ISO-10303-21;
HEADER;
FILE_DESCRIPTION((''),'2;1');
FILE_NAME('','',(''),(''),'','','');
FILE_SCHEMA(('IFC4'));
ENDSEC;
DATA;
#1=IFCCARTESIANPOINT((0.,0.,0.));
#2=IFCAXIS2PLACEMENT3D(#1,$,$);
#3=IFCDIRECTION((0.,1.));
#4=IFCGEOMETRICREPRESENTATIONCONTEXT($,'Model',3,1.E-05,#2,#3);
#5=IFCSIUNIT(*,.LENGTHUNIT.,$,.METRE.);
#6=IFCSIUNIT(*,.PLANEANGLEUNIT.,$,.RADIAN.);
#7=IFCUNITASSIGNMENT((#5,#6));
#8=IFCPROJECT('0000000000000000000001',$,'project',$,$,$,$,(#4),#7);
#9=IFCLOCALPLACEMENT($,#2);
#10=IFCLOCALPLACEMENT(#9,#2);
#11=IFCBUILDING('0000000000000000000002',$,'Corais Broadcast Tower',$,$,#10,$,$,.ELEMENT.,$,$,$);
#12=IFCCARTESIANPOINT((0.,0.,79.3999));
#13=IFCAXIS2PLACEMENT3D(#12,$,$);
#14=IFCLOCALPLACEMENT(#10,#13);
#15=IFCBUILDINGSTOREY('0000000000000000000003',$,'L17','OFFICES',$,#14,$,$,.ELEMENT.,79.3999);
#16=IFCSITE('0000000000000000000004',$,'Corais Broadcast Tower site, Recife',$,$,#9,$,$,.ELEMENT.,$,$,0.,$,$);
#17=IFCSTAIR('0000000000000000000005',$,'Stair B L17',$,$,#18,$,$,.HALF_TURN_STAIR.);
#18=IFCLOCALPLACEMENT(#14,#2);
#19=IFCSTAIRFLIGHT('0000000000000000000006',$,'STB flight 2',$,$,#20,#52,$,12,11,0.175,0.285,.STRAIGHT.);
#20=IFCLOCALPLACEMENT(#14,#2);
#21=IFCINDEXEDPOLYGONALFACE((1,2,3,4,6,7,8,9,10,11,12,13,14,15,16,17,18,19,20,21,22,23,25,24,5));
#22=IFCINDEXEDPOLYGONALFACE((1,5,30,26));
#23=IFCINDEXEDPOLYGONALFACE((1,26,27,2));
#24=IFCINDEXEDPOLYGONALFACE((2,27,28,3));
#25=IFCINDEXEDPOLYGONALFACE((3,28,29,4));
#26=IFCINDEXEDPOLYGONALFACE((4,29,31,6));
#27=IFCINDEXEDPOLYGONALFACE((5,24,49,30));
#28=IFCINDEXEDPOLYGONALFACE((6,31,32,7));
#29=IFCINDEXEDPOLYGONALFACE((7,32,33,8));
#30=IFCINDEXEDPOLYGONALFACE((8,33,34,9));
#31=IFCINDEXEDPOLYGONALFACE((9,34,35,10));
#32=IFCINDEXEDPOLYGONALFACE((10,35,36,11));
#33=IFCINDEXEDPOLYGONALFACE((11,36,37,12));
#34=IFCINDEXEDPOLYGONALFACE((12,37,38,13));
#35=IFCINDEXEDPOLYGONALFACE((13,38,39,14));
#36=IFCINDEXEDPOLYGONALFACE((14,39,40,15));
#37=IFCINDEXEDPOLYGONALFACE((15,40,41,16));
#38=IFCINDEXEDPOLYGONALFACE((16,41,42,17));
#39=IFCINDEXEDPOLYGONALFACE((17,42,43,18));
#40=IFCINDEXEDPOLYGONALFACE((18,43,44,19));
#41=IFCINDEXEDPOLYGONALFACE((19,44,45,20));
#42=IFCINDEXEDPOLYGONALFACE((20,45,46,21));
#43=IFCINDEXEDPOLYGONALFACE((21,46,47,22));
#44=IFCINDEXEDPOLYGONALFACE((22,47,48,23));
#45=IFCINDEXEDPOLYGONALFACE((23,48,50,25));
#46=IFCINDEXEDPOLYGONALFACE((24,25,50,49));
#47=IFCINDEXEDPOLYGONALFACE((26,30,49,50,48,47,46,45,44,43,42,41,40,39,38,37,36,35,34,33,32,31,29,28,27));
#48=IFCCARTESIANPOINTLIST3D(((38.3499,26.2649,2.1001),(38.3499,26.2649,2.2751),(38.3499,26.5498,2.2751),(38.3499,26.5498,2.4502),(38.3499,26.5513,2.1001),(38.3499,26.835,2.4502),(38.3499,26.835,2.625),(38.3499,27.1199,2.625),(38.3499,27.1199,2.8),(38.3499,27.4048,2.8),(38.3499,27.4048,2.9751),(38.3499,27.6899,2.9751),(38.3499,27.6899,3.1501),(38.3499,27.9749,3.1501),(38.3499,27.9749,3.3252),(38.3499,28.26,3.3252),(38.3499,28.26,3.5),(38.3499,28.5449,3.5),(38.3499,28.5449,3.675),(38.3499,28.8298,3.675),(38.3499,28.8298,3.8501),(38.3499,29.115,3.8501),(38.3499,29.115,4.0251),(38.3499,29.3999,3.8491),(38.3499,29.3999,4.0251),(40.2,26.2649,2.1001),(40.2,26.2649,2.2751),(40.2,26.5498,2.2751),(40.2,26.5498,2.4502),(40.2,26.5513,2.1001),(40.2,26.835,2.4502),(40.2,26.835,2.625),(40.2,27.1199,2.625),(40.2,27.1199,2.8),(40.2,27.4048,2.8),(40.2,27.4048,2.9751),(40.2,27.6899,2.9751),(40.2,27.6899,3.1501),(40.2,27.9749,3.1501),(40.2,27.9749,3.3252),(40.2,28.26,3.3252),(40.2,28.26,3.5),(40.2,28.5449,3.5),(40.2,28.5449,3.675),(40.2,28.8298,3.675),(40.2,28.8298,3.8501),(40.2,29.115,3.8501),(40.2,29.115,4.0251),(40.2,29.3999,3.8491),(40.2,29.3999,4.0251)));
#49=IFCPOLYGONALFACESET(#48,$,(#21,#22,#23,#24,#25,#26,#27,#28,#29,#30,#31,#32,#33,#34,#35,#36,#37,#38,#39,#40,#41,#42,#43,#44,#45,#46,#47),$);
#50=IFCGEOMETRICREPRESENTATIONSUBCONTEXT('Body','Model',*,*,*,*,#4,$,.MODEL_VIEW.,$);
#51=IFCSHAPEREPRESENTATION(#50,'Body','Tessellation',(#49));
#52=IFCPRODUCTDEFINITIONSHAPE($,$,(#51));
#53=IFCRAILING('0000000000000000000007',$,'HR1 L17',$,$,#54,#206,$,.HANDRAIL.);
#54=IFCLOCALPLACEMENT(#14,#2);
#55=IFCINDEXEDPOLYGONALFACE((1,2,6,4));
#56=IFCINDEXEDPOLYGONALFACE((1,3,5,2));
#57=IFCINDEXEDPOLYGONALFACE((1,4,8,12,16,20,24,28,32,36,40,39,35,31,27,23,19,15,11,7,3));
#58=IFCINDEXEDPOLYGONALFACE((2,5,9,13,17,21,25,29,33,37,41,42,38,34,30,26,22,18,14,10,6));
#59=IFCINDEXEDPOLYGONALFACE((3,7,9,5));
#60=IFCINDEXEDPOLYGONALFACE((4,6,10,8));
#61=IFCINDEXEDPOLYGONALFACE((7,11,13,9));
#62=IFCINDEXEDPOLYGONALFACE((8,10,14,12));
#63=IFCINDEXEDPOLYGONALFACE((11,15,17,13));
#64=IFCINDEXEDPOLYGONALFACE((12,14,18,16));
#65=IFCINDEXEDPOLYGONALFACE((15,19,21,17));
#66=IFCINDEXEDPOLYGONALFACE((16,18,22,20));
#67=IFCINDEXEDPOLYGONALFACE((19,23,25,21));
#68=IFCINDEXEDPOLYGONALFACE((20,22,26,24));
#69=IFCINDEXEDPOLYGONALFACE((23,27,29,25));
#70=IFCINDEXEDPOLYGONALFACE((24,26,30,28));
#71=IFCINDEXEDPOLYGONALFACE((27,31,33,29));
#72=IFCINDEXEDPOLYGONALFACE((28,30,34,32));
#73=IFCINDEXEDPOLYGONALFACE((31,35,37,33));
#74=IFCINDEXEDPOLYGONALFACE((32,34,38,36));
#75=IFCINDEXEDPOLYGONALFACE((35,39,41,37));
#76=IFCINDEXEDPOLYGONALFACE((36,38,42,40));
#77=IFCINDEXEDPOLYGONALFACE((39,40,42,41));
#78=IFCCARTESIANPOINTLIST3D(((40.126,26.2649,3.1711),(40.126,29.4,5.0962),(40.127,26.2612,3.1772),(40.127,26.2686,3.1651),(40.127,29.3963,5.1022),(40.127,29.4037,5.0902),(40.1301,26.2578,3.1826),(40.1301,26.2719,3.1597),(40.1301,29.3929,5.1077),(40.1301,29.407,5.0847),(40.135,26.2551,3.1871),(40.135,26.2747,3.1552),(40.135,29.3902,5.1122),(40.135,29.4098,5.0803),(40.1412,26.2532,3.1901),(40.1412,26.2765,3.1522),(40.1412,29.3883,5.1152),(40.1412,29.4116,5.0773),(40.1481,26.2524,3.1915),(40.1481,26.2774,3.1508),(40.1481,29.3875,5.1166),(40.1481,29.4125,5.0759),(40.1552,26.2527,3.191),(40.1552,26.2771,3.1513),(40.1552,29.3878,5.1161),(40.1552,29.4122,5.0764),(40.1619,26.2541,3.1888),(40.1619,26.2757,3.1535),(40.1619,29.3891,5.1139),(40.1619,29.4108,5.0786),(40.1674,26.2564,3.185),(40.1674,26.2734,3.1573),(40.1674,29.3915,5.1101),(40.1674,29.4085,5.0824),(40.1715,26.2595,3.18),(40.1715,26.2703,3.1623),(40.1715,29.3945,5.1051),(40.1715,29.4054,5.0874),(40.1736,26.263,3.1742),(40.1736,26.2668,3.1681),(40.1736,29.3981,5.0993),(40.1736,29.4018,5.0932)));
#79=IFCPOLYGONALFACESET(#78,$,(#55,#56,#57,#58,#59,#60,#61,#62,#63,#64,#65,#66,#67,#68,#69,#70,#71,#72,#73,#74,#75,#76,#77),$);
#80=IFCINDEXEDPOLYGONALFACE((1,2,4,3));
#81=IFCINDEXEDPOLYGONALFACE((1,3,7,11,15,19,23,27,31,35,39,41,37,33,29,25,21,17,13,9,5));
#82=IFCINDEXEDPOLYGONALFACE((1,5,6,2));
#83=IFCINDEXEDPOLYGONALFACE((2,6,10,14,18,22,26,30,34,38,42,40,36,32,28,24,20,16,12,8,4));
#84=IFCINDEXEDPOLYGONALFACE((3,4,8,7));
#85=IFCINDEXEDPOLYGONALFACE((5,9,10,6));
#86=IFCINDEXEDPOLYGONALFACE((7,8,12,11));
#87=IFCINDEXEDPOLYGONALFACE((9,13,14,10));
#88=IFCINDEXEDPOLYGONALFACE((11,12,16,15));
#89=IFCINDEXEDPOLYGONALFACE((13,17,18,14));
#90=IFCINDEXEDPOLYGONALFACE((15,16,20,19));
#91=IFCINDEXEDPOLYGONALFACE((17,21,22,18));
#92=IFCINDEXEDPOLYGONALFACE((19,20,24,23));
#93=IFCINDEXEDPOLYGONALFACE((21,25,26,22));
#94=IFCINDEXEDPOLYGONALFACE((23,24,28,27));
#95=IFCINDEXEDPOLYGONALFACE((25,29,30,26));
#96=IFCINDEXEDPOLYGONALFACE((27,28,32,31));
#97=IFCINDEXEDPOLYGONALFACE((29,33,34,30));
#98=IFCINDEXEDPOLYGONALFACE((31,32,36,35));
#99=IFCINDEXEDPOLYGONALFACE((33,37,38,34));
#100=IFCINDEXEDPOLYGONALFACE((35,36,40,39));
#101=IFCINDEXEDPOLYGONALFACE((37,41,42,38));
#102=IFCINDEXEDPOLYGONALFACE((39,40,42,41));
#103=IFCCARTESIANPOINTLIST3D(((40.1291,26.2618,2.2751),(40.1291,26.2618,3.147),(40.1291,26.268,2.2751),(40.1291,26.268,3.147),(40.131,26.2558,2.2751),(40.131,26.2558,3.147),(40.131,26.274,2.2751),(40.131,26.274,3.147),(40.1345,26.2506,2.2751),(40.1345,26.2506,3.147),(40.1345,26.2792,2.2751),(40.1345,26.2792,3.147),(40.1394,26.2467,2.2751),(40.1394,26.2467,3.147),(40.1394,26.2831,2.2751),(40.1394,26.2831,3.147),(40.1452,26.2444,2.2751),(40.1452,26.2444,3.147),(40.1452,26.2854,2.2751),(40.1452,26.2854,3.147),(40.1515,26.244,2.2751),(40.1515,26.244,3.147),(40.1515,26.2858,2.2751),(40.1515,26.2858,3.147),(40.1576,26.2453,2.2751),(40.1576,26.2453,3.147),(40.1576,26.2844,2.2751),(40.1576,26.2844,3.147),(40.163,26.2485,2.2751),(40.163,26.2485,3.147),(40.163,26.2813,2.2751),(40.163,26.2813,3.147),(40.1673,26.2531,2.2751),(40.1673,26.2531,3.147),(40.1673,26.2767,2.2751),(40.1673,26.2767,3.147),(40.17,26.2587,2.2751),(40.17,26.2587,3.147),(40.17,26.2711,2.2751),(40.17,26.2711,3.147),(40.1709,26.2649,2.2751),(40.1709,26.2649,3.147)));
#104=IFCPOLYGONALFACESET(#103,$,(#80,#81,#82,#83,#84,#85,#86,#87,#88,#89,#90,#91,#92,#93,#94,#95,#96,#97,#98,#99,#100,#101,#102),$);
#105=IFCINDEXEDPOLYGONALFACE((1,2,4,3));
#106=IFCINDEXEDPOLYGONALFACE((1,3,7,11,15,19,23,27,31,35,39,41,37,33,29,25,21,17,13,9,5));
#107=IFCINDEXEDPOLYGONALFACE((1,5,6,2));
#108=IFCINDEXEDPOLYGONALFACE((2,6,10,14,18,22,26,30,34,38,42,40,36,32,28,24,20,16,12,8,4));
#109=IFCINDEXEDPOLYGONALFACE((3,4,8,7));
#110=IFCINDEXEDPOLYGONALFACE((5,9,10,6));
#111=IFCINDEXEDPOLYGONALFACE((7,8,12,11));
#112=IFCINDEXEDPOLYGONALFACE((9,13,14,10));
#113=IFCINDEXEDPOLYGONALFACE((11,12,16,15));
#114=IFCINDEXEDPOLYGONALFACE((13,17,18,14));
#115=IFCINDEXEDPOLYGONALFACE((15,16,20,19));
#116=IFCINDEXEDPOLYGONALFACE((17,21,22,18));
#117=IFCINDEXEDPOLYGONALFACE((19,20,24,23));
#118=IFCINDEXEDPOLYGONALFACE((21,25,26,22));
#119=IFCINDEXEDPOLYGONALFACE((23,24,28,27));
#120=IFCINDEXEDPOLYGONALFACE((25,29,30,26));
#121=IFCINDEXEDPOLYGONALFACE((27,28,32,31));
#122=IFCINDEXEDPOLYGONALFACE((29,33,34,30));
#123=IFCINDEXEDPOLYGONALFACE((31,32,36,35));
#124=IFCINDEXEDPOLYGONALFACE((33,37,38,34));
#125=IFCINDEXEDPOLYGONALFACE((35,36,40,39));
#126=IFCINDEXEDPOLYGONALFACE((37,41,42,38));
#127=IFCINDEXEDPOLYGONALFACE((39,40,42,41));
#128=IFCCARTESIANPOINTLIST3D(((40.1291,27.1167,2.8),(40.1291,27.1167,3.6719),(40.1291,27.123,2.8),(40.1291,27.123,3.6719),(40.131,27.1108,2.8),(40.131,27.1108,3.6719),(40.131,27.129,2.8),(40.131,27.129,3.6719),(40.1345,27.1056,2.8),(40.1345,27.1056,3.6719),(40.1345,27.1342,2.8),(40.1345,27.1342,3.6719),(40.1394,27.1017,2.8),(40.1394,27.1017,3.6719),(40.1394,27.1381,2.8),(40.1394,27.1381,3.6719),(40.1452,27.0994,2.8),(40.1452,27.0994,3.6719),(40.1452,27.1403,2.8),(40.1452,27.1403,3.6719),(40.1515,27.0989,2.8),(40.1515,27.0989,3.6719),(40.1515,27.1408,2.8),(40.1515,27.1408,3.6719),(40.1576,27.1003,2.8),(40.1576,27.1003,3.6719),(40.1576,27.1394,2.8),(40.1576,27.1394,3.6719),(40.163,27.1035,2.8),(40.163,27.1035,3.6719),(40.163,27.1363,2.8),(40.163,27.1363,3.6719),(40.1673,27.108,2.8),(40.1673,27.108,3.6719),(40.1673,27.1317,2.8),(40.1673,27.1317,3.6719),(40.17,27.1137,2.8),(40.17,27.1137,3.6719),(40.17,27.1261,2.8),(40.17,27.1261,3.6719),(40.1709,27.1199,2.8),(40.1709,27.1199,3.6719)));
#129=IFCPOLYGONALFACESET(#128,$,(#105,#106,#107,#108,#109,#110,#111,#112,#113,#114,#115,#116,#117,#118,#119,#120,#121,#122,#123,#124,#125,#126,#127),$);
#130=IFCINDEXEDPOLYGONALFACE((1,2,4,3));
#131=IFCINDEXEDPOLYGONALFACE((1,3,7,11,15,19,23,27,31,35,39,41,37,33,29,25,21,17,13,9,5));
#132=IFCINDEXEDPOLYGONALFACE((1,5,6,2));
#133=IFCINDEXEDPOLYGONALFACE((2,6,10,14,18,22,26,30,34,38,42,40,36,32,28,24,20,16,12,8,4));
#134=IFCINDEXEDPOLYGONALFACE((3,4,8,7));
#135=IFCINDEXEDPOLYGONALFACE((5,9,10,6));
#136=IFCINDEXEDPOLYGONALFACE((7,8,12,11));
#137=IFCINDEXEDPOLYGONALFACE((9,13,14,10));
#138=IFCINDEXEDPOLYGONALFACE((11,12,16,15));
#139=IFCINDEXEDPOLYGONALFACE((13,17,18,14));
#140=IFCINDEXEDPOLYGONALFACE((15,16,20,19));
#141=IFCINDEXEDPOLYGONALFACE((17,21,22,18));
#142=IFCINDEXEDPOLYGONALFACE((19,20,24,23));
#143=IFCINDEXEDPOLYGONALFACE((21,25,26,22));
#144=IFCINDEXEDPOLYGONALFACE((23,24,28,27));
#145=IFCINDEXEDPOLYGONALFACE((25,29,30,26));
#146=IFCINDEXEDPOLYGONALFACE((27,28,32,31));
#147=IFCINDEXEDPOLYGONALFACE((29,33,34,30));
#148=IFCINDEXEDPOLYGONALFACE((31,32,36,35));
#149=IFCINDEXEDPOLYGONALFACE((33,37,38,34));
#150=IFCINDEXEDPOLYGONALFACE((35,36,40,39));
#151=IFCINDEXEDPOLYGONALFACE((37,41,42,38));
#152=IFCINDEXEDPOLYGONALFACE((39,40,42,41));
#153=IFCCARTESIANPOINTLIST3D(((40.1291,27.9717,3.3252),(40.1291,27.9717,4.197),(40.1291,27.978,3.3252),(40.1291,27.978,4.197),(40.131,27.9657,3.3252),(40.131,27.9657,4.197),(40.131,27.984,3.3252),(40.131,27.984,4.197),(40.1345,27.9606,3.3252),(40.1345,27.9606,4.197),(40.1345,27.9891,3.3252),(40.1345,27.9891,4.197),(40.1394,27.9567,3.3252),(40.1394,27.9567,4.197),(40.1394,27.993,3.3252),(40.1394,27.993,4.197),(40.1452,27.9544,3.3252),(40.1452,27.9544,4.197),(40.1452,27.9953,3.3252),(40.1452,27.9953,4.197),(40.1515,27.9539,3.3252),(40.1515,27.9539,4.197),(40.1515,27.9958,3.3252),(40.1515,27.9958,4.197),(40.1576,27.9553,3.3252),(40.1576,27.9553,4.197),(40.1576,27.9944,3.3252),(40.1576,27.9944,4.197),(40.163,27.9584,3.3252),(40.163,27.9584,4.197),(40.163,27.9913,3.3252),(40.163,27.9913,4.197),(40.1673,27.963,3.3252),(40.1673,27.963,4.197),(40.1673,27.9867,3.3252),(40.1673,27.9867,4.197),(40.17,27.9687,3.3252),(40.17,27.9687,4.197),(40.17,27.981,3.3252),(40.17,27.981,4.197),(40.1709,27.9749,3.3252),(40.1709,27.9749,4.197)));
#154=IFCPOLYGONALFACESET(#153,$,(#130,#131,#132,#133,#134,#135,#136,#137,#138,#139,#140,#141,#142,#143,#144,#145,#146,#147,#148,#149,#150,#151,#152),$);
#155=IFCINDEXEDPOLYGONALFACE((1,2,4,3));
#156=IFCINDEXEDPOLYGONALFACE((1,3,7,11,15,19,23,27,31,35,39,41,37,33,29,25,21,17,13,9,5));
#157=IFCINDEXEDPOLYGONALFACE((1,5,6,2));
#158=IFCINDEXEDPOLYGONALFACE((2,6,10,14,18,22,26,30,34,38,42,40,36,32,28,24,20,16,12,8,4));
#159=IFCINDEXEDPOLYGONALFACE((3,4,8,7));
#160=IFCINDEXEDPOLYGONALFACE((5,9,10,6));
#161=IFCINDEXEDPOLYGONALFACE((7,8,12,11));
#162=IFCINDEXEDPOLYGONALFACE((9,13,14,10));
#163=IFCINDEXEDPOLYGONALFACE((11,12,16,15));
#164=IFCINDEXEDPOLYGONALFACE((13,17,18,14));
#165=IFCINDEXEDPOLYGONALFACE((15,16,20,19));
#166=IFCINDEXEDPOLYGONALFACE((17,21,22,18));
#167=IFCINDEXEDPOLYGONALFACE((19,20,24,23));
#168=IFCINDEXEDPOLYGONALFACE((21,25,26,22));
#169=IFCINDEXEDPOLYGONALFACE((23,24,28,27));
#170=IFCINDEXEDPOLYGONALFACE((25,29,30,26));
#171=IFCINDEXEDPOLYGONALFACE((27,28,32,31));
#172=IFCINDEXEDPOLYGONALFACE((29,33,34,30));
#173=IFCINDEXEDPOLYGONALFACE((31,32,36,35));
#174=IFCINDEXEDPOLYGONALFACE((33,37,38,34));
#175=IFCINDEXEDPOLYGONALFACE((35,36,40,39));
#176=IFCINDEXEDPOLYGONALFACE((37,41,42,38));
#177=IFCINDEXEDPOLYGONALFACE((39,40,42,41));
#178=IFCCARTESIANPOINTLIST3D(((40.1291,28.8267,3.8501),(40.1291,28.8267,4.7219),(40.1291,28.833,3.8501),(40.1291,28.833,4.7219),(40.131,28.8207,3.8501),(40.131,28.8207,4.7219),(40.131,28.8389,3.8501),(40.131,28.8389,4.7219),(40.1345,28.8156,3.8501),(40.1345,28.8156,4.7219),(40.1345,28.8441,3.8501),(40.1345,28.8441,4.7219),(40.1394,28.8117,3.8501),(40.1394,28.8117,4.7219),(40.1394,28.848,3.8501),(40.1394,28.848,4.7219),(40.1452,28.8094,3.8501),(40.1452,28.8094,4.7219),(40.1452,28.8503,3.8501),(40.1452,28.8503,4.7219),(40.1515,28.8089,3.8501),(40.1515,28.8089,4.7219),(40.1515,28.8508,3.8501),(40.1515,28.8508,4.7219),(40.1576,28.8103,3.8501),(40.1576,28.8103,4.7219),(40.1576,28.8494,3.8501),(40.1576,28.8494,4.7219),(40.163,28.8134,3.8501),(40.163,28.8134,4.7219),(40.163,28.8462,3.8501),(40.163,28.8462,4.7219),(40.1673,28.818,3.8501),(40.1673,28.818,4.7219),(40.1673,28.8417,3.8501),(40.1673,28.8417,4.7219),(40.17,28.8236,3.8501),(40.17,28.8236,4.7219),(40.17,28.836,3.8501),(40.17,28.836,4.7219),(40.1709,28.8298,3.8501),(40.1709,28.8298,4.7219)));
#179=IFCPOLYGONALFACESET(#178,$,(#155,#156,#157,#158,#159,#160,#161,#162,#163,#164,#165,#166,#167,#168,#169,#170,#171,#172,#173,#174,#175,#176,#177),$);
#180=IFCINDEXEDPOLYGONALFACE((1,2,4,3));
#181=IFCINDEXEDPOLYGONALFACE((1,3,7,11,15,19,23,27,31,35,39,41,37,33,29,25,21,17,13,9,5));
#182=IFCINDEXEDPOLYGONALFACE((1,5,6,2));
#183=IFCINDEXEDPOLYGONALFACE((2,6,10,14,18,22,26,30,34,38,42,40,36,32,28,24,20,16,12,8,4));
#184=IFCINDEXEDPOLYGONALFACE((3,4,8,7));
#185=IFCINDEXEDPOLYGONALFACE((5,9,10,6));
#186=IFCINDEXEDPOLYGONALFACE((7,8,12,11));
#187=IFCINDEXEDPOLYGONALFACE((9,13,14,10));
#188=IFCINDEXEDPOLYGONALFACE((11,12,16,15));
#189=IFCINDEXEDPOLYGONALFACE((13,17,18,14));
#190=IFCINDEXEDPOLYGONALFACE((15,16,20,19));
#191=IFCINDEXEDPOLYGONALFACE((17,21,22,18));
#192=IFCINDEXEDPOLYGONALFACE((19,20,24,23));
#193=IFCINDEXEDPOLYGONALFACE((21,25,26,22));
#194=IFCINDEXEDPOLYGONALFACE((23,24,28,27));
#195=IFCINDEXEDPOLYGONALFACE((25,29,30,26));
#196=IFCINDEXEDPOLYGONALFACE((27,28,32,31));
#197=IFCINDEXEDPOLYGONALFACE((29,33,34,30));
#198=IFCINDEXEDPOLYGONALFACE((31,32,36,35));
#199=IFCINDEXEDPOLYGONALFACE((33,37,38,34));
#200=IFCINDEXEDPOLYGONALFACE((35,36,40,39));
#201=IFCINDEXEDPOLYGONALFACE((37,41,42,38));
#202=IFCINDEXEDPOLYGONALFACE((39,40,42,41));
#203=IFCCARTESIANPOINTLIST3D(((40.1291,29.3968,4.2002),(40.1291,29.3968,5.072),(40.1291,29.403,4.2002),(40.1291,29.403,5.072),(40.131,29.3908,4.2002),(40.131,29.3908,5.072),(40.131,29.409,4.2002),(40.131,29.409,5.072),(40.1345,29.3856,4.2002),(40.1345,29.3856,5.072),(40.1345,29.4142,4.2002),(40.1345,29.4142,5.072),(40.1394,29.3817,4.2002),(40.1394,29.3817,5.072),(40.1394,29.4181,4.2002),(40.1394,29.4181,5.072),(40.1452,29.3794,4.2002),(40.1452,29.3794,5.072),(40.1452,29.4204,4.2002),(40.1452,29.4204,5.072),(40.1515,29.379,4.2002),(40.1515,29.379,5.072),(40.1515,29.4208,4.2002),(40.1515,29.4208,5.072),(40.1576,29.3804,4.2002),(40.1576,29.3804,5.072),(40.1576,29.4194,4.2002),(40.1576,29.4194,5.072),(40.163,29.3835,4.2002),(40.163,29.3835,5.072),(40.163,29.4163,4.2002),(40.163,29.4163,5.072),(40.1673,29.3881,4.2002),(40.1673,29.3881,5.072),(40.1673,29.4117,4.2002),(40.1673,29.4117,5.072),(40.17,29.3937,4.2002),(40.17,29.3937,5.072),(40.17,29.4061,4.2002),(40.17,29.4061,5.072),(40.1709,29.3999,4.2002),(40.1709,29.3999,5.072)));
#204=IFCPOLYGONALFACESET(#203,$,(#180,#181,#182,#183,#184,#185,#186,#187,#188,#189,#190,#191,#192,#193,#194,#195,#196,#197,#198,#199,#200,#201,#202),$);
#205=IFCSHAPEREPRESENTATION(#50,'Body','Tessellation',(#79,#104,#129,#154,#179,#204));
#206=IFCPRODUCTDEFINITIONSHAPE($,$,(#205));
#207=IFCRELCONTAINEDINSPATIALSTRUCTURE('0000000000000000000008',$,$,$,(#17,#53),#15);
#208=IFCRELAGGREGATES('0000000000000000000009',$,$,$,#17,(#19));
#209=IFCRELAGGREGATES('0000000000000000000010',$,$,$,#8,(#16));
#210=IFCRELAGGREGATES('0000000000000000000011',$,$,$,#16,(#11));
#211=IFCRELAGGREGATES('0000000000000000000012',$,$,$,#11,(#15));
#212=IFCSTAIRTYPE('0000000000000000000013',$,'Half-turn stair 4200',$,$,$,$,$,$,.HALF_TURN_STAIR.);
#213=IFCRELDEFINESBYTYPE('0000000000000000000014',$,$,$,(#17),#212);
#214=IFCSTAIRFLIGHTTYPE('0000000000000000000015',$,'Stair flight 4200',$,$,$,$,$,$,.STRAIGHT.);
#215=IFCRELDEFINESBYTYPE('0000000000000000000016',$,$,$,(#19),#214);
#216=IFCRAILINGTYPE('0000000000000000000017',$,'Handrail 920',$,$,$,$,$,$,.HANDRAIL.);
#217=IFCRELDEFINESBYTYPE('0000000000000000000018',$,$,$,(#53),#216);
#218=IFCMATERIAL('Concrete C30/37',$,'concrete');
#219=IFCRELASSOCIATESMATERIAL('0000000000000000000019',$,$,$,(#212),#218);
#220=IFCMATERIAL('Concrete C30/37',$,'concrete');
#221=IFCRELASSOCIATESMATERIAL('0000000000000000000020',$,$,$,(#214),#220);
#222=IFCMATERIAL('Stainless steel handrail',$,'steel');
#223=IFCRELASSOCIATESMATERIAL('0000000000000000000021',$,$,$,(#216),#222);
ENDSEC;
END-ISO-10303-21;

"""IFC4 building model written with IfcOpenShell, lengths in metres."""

from ifc_helpers import new_model, si_unit, direction, frame, origin, origin_2d, place, context, subcontext, project, spatial, polyline, circle, outline, extrude, material, type_object, element, aggregate, save


model = new_model("IFC4")

# Units and contexts
model_context = context("Model", 3, precision=1e-05, world=origin(), true_north=direction((0.0, 1.0)))
body_context = subcontext(model_context, "Body", "Model", "MODEL_VIEW")
ifc_project = project(units=[si_unit("LENGTHUNIT", "METRE"), si_unit("PLANEANGLEUNIT", "RADIAN")], contexts=[model_context])

# Site, building, storey
site_placement = place(None, origin())
site = spatial("IfcSite", under=ifc_project, at=site_placement, Name="Corais Broadcast Tower site, Recife", CompositionType="ELEMENT", RefElevation=0.0)
building_placement = place(site_placement, origin())
building = spatial("IfcBuilding", under=site, at=building_placement, Name="Corais Broadcast Tower", CompositionType="ELEMENT")
storey_placement = place(building_placement, frame((0.0, 0.0, 79.3999)))
storey = spatial("IfcBuildingStorey", under=building, at=storey_placement, Name="L17", Description="OFFICES", CompositionType="ELEMENT", Elevation=79.3999)

# Stair, stair flight
ifc_material_1 = material(Name="Concrete C30/37", Category="concrete")
stair_type = type_object("IfcStairType", Name="Half-turn stair 4200", PredefinedType="HALF_TURN_STAIR", material=ifc_material_1)
stair_placement = place(storey_placement, origin())
stair = element("IfcStair", 1, at=stair_placement, inside=storey, type_object=stair_type, Name="Stair B L17", PredefinedType="HALF_TURN_STAIR")
ifc_material_2 = material(Name="Concrete C30/37", Category="concrete")
stair_flight_type = type_object("IfcStairFlightType", Name="Stair flight 4200", PredefinedType="STRAIGHT", material=ifc_material_2)
stair_flight_placement = place(storey_placement, frame((39.2749, 26.2649, 2.1001), z_axis=(0.0, 0.0, 1.0), x_axis=(0.0, 1.0, 0.0)))
stair_flight = element("IfcStairFlight", 2, at=stair_flight_placement, type_object=stair_flight_type, Name="STB flight 2", NumberOfRisers=12, NumberOfTreads=11, PredefinedType="STRAIGHT", RiserHeight=0.175, TreadLength=0.285, context=body_context, shape_type="SweptSolid", body=[
    extrude(outline(polyline([(0.0, 0.0), (0.0, 0.175), (0.2849, 0.175), (0.2849, 0.3501), (0.5701, 0.3501), (0.5701, 0.5249), (0.855, 0.5249), (0.855, 0.7), (1.1399, 0.7), (1.1399, 0.875), (1.425, 0.875), (1.425, 1.05), (1.71, 1.05), (1.71, 1.2251), (1.9951, 1.2251), (1.9951, 1.3999), (2.28, 1.3999), (2.28, 1.575), (2.5649, 1.575), (2.5649, 1.75), (2.8501, 1.75), (2.8501, 1.925), (3.135, 1.925), (3.135, 2.1001), (3.135, 1.749), (0.2864, 0.0), (0.0, 0.0)])), frame((0.0, 0.925, 0.0), z_axis=(0.0, -1.0, 0.0), x_axis=(1.0, 0.0, 0.0)), (0.0, 0.0, 1.0), 1.8501),
])
aggregate(stair, [stair_flight])

# Railing
ifc_material_3 = material(Name="Stainless steel handrail", Category="steel")
railing_type = type_object("IfcRailingType", Name="Handrail 920", PredefinedType="HANDRAIL", material=ifc_material_3)
for number, where, name in (
    (3, (40.1499, 26.2649, 2.2751), "HR1 L17"),
):
    element("IfcRailing", number, at=place(storey_placement, frame(where)), inside=storey, type_object=railing_type, Name=name, PredefinedType="HANDRAIL", context=body_context, shape_type="SweptSolid", body=[
        extrude(circle(Radius=0.0239, at=origin_2d()), frame((0.0, 0.0, 0.896), z_axis=(0.0, 0.852166, 0.523271), x_axis=(-1.0, 0.0, 0.0)), (0.0, 0.0, 1.0), 3.679),
        extrude(circle(Radius=0.021, at=origin_2d()), origin(), (0.0, 0.0, 1.0), 0.8718),
        extrude(circle(Radius=0.021, at=origin_2d()), frame((0.0, 0.855, 0.5249)), (0.0, 0.0, 1.0), 0.8718),
        extrude(circle(Radius=0.021, at=origin_2d()), frame((0.0, 1.71, 1.05)), (0.0, 0.0, 1.0), 0.8718),
        extrude(circle(Radius=0.021, at=origin_2d()), frame((0.0, 2.5649, 1.575)), (0.0, 0.0, 1.0), 0.8718),
        extrude(circle(Radius=0.021, at=origin_2d()), frame((0.0, 3.135, 1.925)), (0.0, 0.0, 1.0), 0.8718),
    ])

save(model, "model.ifc")
